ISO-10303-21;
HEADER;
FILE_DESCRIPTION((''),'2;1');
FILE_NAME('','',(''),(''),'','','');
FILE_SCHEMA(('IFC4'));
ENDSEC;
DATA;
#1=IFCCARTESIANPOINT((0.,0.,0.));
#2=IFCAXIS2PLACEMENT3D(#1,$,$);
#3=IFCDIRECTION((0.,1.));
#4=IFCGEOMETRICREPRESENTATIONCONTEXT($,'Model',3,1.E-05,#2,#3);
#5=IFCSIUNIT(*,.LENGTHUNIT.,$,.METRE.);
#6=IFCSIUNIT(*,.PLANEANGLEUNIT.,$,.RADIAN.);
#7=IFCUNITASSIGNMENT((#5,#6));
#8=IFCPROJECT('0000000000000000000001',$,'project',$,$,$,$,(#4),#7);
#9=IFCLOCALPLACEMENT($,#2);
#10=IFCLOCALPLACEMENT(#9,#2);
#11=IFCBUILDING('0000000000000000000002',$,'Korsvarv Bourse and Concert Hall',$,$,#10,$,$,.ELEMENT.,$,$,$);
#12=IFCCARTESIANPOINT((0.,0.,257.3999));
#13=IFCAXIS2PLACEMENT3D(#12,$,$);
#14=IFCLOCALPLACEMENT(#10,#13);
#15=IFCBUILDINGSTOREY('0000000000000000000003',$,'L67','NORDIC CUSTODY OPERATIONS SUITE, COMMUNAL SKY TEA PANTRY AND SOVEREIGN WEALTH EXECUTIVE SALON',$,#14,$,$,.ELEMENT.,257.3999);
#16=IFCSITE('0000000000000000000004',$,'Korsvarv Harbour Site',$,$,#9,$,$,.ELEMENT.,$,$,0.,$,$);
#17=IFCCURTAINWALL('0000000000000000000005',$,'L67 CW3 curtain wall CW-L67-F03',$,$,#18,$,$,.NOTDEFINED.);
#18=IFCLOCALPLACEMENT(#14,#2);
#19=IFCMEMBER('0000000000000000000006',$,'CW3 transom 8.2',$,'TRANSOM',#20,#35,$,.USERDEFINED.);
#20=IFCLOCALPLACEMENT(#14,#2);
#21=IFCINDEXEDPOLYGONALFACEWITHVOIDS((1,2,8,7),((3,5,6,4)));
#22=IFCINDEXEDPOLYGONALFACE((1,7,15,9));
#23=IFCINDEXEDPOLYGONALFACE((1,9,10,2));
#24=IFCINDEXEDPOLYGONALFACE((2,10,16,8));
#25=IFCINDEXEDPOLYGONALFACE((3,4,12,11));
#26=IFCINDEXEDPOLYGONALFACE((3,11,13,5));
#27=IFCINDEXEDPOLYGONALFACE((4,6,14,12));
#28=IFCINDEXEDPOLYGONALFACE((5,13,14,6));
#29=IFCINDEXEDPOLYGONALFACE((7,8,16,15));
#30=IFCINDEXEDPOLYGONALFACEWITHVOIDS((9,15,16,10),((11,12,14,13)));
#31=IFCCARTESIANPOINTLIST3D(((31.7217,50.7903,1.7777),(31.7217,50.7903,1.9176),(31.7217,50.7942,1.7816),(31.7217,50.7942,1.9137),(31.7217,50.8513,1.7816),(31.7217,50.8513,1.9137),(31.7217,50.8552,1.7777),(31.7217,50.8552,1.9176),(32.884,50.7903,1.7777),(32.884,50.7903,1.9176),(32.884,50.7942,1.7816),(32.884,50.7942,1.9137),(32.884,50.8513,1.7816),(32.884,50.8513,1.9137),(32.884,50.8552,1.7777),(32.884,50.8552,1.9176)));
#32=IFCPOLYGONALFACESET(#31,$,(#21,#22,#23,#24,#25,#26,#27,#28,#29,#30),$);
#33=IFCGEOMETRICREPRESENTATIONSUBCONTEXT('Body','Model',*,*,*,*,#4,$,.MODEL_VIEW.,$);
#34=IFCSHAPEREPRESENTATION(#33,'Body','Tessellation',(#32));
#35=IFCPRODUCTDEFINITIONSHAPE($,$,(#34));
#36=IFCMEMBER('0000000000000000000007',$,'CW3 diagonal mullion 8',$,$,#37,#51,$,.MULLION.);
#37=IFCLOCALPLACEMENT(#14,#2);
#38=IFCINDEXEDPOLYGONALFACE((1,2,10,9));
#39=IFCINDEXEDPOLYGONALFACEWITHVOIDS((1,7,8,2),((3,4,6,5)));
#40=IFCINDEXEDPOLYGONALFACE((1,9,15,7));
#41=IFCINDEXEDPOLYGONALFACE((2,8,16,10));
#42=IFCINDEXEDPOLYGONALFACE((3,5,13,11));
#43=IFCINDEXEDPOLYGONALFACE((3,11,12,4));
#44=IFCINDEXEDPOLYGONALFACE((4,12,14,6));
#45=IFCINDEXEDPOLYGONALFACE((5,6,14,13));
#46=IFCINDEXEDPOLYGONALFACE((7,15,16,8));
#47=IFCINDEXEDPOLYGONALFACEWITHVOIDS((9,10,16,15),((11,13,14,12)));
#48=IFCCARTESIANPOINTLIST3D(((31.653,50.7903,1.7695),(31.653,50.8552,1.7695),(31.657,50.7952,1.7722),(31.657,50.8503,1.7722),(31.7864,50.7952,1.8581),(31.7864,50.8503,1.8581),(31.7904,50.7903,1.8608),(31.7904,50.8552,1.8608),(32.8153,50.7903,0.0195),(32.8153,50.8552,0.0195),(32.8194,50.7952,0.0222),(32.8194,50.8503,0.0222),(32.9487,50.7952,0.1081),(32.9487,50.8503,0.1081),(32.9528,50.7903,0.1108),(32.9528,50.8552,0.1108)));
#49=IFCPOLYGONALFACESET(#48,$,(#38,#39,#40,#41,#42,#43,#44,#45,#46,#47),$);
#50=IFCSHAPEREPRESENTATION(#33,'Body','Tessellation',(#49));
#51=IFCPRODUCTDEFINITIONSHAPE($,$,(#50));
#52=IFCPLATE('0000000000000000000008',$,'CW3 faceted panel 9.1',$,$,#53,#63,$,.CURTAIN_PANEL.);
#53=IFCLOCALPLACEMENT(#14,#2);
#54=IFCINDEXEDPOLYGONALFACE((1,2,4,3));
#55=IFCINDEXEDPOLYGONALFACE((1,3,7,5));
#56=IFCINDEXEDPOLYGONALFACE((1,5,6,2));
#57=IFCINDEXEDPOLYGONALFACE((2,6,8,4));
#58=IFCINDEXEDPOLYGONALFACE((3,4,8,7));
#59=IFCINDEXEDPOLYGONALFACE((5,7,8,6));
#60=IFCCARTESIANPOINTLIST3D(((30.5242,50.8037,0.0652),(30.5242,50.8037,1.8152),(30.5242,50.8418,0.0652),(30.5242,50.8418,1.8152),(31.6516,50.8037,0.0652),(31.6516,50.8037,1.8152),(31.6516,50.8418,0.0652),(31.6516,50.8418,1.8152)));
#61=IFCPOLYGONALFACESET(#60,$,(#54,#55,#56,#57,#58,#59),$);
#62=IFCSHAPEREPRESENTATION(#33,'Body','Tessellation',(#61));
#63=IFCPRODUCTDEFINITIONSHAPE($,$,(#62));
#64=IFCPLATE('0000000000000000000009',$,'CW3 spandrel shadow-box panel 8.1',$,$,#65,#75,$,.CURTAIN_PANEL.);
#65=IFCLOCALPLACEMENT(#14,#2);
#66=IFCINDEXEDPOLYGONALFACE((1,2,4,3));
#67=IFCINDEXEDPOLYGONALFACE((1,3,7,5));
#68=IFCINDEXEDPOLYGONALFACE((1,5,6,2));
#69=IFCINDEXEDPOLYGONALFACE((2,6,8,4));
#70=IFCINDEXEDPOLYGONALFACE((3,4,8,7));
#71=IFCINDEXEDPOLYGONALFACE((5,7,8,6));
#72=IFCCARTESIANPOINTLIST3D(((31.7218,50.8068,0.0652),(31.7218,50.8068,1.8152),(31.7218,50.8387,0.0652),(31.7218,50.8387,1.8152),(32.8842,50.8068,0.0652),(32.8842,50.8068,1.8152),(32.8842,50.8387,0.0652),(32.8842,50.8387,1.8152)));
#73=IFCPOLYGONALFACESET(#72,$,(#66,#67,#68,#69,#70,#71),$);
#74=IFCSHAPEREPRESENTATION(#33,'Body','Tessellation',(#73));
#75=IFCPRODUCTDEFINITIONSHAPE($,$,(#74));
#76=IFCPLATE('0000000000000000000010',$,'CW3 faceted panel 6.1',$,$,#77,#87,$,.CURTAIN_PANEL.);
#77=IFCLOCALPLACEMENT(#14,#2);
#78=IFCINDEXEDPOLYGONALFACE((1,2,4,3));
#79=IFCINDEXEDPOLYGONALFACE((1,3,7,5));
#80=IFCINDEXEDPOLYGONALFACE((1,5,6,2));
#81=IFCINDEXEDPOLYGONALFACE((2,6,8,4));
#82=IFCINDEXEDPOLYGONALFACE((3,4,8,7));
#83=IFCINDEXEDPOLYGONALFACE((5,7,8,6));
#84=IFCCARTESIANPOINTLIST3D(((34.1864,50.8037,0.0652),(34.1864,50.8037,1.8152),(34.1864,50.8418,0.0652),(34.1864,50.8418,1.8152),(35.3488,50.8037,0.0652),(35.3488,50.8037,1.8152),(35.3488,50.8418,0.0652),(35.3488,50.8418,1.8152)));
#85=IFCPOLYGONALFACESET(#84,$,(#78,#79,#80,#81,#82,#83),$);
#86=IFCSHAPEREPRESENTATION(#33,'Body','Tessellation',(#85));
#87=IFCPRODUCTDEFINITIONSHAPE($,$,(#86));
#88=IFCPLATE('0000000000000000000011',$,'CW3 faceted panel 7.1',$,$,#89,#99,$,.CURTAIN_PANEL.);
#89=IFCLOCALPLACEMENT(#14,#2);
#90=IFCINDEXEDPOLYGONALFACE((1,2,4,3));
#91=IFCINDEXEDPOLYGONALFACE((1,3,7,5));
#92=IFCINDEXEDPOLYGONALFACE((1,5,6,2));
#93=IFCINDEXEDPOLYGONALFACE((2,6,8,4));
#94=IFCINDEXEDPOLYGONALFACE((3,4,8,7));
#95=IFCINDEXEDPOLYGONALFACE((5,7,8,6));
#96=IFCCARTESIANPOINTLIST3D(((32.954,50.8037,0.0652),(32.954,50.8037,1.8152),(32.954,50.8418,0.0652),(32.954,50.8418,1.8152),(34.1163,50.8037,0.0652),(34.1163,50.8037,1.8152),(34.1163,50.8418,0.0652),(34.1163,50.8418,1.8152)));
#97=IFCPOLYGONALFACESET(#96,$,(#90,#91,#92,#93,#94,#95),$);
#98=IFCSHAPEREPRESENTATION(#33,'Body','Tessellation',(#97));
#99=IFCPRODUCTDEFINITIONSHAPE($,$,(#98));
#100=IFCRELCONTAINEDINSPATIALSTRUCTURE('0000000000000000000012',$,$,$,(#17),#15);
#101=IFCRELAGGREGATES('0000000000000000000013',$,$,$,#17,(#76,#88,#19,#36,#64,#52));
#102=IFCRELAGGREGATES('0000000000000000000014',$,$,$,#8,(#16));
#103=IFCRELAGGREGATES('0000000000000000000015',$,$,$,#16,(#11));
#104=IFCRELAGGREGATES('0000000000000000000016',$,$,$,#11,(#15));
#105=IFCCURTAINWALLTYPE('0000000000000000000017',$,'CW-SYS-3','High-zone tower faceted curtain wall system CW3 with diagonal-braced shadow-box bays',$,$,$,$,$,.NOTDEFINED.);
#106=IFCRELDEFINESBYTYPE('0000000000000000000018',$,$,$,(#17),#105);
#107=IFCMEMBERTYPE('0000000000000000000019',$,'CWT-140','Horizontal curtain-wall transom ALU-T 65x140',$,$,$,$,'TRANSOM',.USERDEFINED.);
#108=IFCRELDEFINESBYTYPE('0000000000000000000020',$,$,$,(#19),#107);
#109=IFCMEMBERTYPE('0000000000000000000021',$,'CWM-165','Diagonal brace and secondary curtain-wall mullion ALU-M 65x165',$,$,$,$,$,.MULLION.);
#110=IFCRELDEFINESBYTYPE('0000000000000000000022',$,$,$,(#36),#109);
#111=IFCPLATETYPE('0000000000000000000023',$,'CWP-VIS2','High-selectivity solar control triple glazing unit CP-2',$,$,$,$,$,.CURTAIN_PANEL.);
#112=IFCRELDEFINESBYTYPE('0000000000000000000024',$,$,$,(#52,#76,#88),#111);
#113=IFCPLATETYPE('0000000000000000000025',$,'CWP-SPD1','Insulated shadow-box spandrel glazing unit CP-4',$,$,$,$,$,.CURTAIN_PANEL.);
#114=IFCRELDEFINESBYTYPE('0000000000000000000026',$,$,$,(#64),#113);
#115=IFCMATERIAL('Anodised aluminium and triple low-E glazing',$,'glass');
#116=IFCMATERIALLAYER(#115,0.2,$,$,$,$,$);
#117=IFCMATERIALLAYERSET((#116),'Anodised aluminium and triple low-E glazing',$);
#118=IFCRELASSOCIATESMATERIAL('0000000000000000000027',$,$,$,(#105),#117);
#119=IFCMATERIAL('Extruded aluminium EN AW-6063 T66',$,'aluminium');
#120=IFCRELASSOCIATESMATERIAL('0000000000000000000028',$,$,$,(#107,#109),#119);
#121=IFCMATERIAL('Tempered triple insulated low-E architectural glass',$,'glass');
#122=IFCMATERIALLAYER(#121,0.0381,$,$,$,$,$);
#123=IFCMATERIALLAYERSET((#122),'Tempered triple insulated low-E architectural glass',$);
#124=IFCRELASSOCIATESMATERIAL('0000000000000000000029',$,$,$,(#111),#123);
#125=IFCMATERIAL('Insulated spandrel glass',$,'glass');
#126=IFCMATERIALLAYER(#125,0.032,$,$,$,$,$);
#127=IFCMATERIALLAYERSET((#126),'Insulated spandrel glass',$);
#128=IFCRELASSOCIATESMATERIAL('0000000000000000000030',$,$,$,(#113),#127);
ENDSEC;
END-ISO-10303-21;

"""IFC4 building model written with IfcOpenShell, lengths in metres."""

from ifc_helpers import new_model, si_unit, direction, frame, origin, origin_2d, place, context, subcontext, project, spatial, rectangle, hollow_rectangle, extrude, source, transform, mapped, material, layer, layer_set, material_profile, profile_set, type_object, element, aggregate, save


model = new_model("IFC4")

# Units and contexts
model_context = context("Model", 3, precision=1e-05, world=origin(), true_north=direction((0.0, 1.0)))
body_context = subcontext(model_context, "Body", "Model", "MODEL_VIEW")
ifc_project = project(units=[si_unit("LENGTHUNIT", "METRE"), si_unit("PLANEANGLEUNIT", "RADIAN")], contexts=[model_context])

# Site, building, storey
site_placement = place(None, origin())
site = spatial("IfcSite", under=ifc_project, at=site_placement, Name="Korsvarv Harbour Site", CompositionType="ELEMENT", RefElevation=0.0)
building_placement = place(site_placement, origin())
building = spatial("IfcBuilding", under=site, at=building_placement, Name="Korsvarv Bourse and Concert Hall", CompositionType="ELEMENT")
storey_placement = place(building_placement, frame((0.0, 0.0, 257.3999)))
storey = spatial("IfcBuildingStorey", under=building, at=storey_placement, Name="L67", Description="NORDIC CUSTODY OPERATIONS SUITE, COMMUNAL SKY TEA PANTRY AND SOVEREIGN WEALTH EXECUTIVE SALON", CompositionType="ELEMENT", Elevation=257.3999)

# Curtain wall, members, plates
ifc_material_1 = material(Name="Anodised aluminium and triple low-E glazing", Category="glass")
ifc_layer_1 = layer(ifc_material_1, 0.2)
ifc_layer_set_1 = layer_set([ifc_layer_1], Name="Anodised aluminium and triple low-E glazing")
curtain_wall_type = type_object("IfcCurtainWallType", Name="CW-SYS-3", Description="High-zone tower faceted curtain wall system CW3 with diagonal-braced shadow-box bays", PredefinedType="NOTDEFINED", material=ifc_layer_set_1)
curtain_wall_placement = place(storey_placement, origin())
curtain_wall = element("IfcCurtainWall", 1, at=curtain_wall_placement, inside=storey, type_object=curtain_wall_type, Name="L67 CW3 curtain wall CW-L67-F03", PredefinedType="NOTDEFINED")
ifc_material_2 = material(Name="Extruded aluminium EN AW-6063 T66", Category="aluminium")
ifc_material_profile_1 = material_profile(ifc_material_2, hollow_rectangle(XDim=0.0649, YDim=0.1399, WallThickness=0.0039, at=origin_2d()), Name="ALU-T 65x140")
ifc_profile_set_1 = profile_set([ifc_material_profile_1], Name="Extruded aluminium EN AW-6063 T66")
member_type_1 = type_object("IfcMemberType", Name="CWT-140", Description="Horizontal curtain-wall transom ALU-T 65x140", ElementType="TRANSOM", PredefinedType="USERDEFINED", material=ifc_profile_set_1)
shared_shape_1 = source(origin(), body_context, "Body", "SweptSolid", [
    extrude(hollow_rectangle(XDim=0.0649, YDim=0.1399, WallThickness=0.0039, at=origin_2d()), origin(), (0.0, 0.0, 1.0), 1.1624),
])
member_1_placement = place(storey_placement, frame((32.884, 50.8228, 1.8477), z_axis=(-1.0, 0.0, 0.0), x_axis=(0.0, -1.0, 0.0)))
member_1 = element("IfcMember", 2, at=member_1_placement, type_object=member_type_1, Name="CW3 transom 8.2", ObjectType="TRANSOM", PredefinedType="USERDEFINED", context=body_context, shape_type="MappedRepresentation", body=[
    mapped(shared_shape_1, transform((0.0, 0.0, 0.0), scale=1.0)),
])
ifc_material_profile_2 = material_profile(ifc_material_2, hollow_rectangle(XDim=0.0649, YDim=0.165, WallThickness=0.0049, at=origin_2d()), Name="ALU-M 65x165")
ifc_profile_set_2 = profile_set([ifc_material_profile_2], Name="Extruded aluminium EN AW-6063 T66")
member_type_2 = type_object("IfcMemberType", Name="CWM-165", Description="Diagonal brace and secondary curtain-wall mullion ALU-M 65x165", PredefinedType="MULLION", material=ifc_profile_set_2)
shared_shape_2 = source(origin(), body_context, "Body", "SweptSolid", [
    extrude(hollow_rectangle(XDim=0.0649, YDim=0.165, WallThickness=0.0049, at=origin_2d()), origin(), (0.0, 0.0, 1.0), 2.1008),
])
member_2_placement = place(storey_placement, frame((32.884, 50.8228, 0.0652), z_axis=(-0.553278, 0.0, 0.832997), x_axis=(0.0, -1.0, 0.0)))
member_2 = element("IfcMember", 3, at=member_2_placement, type_object=member_type_2, Name="CW3 diagonal mullion 8", PredefinedType="MULLION", context=body_context, shape_type="MappedRepresentation", body=[
    mapped(shared_shape_2, transform((0.0, 0.0, 0.0), scale=1.0)),
])
ifc_material_3 = material(Name="Tempered triple insulated low-E architectural glass", Category="glass")
ifc_layer_2 = layer(ifc_material_3, 0.0381)
ifc_layer_set_2 = layer_set([ifc_layer_2], Name="Tempered triple insulated low-E architectural glass")
plate_type_1 = type_object("IfcPlateType", Name="CWP-VIS2", Description="High-selectivity solar control triple glazing unit CP-2", PredefinedType="CURTAIN_PANEL", material=ifc_layer_set_2)
shared_shape_3 = source(origin(), body_context, "Body", "SweptSolid", [
    extrude(rectangle(XDim=1.1274, YDim=0.0381, at=origin_2d()), origin(), (0.0, 0.0, 1.0), 1.75),
])
plate_1_placement = place(storey_placement, frame((31.0879, 50.8228, 0.0652), z_axis=(0.0, 0.0, 1.0), x_axis=(-1.0, 0.0, 0.0)))
plate_1 = element("IfcPlate", 4, at=plate_1_placement, type_object=plate_type_1, Name="CW3 faceted panel 9.1", PredefinedType="CURTAIN_PANEL", context=body_context, shape_type="MappedRepresentation", body=[
    mapped(shared_shape_3, transform((0.0, 0.0, 0.0), scale=1.0)),
])
ifc_material_4 = material(Name="Insulated spandrel glass", Category="glass")
ifc_layer_3 = layer(ifc_material_4, 0.032)
ifc_layer_set_3 = layer_set([ifc_layer_3], Name="Insulated spandrel glass")
plate_type_2 = type_object("IfcPlateType", Name="CWP-SPD1", Description="Insulated shadow-box spandrel glazing unit CP-4", PredefinedType="CURTAIN_PANEL", material=ifc_layer_set_3)
shared_shape_4 = source(origin(), body_context, "Body", "SweptSolid", [
    extrude(rectangle(XDim=1.1624, YDim=0.032, at=origin_2d()), origin(), (0.0, 0.0, 1.0), 1.75),
])
plate_2_placement = place(storey_placement, frame((32.303, 50.8228, 0.0652), z_axis=(0.0, 0.0, 1.0), x_axis=(-1.0, 0.0, 0.0)))
plate_2 = element("IfcPlate", 5, at=plate_2_placement, type_object=plate_type_2, Name="CW3 spandrel shadow-box panel 8.1", PredefinedType="CURTAIN_PANEL", context=body_context, shape_type="MappedRepresentation", body=[
    mapped(shared_shape_4, transform((0.0, 0.0, 0.0), scale=1.0)),
])
shared_shape_5 = source(origin(), body_context, "Body", "SweptSolid", [
    extrude(rectangle(XDim=1.1624, YDim=0.0381, at=origin_2d()), origin(), (0.0, 0.0, 1.0), 1.75),
])
plate_3_placement = place(storey_placement, frame((34.7676, 50.8228, 0.0652), z_axis=(0.0, 0.0, 1.0), x_axis=(-1.0, 0.0, 0.0)))
plate_3 = element("IfcPlate", 6, at=plate_3_placement, type_object=plate_type_1, Name="CW3 faceted panel 6.1", PredefinedType="CURTAIN_PANEL", context=body_context, shape_type="MappedRepresentation", body=[
    mapped(shared_shape_5, transform((0.0, 0.0, 0.0), scale=1.0)),
])
plate_4_placement = place(storey_placement, frame((33.5352, 50.8228, 0.0652), z_axis=(0.0, 0.0, 1.0), x_axis=(-1.0, 0.0, 0.0)))
plate_4 = element("IfcPlate", 7, at=plate_4_placement, type_object=plate_type_1, Name="CW3 faceted panel 7.1", PredefinedType="CURTAIN_PANEL", context=body_context, shape_type="MappedRepresentation", body=[
    mapped(shared_shape_5, transform((0.0, 0.0, 0.0), scale=1.0)),
])
aggregate(curtain_wall, [plate_3, plate_4, member_1, member_2, plate_2, plate_1])

save(model, "model.ifc")
